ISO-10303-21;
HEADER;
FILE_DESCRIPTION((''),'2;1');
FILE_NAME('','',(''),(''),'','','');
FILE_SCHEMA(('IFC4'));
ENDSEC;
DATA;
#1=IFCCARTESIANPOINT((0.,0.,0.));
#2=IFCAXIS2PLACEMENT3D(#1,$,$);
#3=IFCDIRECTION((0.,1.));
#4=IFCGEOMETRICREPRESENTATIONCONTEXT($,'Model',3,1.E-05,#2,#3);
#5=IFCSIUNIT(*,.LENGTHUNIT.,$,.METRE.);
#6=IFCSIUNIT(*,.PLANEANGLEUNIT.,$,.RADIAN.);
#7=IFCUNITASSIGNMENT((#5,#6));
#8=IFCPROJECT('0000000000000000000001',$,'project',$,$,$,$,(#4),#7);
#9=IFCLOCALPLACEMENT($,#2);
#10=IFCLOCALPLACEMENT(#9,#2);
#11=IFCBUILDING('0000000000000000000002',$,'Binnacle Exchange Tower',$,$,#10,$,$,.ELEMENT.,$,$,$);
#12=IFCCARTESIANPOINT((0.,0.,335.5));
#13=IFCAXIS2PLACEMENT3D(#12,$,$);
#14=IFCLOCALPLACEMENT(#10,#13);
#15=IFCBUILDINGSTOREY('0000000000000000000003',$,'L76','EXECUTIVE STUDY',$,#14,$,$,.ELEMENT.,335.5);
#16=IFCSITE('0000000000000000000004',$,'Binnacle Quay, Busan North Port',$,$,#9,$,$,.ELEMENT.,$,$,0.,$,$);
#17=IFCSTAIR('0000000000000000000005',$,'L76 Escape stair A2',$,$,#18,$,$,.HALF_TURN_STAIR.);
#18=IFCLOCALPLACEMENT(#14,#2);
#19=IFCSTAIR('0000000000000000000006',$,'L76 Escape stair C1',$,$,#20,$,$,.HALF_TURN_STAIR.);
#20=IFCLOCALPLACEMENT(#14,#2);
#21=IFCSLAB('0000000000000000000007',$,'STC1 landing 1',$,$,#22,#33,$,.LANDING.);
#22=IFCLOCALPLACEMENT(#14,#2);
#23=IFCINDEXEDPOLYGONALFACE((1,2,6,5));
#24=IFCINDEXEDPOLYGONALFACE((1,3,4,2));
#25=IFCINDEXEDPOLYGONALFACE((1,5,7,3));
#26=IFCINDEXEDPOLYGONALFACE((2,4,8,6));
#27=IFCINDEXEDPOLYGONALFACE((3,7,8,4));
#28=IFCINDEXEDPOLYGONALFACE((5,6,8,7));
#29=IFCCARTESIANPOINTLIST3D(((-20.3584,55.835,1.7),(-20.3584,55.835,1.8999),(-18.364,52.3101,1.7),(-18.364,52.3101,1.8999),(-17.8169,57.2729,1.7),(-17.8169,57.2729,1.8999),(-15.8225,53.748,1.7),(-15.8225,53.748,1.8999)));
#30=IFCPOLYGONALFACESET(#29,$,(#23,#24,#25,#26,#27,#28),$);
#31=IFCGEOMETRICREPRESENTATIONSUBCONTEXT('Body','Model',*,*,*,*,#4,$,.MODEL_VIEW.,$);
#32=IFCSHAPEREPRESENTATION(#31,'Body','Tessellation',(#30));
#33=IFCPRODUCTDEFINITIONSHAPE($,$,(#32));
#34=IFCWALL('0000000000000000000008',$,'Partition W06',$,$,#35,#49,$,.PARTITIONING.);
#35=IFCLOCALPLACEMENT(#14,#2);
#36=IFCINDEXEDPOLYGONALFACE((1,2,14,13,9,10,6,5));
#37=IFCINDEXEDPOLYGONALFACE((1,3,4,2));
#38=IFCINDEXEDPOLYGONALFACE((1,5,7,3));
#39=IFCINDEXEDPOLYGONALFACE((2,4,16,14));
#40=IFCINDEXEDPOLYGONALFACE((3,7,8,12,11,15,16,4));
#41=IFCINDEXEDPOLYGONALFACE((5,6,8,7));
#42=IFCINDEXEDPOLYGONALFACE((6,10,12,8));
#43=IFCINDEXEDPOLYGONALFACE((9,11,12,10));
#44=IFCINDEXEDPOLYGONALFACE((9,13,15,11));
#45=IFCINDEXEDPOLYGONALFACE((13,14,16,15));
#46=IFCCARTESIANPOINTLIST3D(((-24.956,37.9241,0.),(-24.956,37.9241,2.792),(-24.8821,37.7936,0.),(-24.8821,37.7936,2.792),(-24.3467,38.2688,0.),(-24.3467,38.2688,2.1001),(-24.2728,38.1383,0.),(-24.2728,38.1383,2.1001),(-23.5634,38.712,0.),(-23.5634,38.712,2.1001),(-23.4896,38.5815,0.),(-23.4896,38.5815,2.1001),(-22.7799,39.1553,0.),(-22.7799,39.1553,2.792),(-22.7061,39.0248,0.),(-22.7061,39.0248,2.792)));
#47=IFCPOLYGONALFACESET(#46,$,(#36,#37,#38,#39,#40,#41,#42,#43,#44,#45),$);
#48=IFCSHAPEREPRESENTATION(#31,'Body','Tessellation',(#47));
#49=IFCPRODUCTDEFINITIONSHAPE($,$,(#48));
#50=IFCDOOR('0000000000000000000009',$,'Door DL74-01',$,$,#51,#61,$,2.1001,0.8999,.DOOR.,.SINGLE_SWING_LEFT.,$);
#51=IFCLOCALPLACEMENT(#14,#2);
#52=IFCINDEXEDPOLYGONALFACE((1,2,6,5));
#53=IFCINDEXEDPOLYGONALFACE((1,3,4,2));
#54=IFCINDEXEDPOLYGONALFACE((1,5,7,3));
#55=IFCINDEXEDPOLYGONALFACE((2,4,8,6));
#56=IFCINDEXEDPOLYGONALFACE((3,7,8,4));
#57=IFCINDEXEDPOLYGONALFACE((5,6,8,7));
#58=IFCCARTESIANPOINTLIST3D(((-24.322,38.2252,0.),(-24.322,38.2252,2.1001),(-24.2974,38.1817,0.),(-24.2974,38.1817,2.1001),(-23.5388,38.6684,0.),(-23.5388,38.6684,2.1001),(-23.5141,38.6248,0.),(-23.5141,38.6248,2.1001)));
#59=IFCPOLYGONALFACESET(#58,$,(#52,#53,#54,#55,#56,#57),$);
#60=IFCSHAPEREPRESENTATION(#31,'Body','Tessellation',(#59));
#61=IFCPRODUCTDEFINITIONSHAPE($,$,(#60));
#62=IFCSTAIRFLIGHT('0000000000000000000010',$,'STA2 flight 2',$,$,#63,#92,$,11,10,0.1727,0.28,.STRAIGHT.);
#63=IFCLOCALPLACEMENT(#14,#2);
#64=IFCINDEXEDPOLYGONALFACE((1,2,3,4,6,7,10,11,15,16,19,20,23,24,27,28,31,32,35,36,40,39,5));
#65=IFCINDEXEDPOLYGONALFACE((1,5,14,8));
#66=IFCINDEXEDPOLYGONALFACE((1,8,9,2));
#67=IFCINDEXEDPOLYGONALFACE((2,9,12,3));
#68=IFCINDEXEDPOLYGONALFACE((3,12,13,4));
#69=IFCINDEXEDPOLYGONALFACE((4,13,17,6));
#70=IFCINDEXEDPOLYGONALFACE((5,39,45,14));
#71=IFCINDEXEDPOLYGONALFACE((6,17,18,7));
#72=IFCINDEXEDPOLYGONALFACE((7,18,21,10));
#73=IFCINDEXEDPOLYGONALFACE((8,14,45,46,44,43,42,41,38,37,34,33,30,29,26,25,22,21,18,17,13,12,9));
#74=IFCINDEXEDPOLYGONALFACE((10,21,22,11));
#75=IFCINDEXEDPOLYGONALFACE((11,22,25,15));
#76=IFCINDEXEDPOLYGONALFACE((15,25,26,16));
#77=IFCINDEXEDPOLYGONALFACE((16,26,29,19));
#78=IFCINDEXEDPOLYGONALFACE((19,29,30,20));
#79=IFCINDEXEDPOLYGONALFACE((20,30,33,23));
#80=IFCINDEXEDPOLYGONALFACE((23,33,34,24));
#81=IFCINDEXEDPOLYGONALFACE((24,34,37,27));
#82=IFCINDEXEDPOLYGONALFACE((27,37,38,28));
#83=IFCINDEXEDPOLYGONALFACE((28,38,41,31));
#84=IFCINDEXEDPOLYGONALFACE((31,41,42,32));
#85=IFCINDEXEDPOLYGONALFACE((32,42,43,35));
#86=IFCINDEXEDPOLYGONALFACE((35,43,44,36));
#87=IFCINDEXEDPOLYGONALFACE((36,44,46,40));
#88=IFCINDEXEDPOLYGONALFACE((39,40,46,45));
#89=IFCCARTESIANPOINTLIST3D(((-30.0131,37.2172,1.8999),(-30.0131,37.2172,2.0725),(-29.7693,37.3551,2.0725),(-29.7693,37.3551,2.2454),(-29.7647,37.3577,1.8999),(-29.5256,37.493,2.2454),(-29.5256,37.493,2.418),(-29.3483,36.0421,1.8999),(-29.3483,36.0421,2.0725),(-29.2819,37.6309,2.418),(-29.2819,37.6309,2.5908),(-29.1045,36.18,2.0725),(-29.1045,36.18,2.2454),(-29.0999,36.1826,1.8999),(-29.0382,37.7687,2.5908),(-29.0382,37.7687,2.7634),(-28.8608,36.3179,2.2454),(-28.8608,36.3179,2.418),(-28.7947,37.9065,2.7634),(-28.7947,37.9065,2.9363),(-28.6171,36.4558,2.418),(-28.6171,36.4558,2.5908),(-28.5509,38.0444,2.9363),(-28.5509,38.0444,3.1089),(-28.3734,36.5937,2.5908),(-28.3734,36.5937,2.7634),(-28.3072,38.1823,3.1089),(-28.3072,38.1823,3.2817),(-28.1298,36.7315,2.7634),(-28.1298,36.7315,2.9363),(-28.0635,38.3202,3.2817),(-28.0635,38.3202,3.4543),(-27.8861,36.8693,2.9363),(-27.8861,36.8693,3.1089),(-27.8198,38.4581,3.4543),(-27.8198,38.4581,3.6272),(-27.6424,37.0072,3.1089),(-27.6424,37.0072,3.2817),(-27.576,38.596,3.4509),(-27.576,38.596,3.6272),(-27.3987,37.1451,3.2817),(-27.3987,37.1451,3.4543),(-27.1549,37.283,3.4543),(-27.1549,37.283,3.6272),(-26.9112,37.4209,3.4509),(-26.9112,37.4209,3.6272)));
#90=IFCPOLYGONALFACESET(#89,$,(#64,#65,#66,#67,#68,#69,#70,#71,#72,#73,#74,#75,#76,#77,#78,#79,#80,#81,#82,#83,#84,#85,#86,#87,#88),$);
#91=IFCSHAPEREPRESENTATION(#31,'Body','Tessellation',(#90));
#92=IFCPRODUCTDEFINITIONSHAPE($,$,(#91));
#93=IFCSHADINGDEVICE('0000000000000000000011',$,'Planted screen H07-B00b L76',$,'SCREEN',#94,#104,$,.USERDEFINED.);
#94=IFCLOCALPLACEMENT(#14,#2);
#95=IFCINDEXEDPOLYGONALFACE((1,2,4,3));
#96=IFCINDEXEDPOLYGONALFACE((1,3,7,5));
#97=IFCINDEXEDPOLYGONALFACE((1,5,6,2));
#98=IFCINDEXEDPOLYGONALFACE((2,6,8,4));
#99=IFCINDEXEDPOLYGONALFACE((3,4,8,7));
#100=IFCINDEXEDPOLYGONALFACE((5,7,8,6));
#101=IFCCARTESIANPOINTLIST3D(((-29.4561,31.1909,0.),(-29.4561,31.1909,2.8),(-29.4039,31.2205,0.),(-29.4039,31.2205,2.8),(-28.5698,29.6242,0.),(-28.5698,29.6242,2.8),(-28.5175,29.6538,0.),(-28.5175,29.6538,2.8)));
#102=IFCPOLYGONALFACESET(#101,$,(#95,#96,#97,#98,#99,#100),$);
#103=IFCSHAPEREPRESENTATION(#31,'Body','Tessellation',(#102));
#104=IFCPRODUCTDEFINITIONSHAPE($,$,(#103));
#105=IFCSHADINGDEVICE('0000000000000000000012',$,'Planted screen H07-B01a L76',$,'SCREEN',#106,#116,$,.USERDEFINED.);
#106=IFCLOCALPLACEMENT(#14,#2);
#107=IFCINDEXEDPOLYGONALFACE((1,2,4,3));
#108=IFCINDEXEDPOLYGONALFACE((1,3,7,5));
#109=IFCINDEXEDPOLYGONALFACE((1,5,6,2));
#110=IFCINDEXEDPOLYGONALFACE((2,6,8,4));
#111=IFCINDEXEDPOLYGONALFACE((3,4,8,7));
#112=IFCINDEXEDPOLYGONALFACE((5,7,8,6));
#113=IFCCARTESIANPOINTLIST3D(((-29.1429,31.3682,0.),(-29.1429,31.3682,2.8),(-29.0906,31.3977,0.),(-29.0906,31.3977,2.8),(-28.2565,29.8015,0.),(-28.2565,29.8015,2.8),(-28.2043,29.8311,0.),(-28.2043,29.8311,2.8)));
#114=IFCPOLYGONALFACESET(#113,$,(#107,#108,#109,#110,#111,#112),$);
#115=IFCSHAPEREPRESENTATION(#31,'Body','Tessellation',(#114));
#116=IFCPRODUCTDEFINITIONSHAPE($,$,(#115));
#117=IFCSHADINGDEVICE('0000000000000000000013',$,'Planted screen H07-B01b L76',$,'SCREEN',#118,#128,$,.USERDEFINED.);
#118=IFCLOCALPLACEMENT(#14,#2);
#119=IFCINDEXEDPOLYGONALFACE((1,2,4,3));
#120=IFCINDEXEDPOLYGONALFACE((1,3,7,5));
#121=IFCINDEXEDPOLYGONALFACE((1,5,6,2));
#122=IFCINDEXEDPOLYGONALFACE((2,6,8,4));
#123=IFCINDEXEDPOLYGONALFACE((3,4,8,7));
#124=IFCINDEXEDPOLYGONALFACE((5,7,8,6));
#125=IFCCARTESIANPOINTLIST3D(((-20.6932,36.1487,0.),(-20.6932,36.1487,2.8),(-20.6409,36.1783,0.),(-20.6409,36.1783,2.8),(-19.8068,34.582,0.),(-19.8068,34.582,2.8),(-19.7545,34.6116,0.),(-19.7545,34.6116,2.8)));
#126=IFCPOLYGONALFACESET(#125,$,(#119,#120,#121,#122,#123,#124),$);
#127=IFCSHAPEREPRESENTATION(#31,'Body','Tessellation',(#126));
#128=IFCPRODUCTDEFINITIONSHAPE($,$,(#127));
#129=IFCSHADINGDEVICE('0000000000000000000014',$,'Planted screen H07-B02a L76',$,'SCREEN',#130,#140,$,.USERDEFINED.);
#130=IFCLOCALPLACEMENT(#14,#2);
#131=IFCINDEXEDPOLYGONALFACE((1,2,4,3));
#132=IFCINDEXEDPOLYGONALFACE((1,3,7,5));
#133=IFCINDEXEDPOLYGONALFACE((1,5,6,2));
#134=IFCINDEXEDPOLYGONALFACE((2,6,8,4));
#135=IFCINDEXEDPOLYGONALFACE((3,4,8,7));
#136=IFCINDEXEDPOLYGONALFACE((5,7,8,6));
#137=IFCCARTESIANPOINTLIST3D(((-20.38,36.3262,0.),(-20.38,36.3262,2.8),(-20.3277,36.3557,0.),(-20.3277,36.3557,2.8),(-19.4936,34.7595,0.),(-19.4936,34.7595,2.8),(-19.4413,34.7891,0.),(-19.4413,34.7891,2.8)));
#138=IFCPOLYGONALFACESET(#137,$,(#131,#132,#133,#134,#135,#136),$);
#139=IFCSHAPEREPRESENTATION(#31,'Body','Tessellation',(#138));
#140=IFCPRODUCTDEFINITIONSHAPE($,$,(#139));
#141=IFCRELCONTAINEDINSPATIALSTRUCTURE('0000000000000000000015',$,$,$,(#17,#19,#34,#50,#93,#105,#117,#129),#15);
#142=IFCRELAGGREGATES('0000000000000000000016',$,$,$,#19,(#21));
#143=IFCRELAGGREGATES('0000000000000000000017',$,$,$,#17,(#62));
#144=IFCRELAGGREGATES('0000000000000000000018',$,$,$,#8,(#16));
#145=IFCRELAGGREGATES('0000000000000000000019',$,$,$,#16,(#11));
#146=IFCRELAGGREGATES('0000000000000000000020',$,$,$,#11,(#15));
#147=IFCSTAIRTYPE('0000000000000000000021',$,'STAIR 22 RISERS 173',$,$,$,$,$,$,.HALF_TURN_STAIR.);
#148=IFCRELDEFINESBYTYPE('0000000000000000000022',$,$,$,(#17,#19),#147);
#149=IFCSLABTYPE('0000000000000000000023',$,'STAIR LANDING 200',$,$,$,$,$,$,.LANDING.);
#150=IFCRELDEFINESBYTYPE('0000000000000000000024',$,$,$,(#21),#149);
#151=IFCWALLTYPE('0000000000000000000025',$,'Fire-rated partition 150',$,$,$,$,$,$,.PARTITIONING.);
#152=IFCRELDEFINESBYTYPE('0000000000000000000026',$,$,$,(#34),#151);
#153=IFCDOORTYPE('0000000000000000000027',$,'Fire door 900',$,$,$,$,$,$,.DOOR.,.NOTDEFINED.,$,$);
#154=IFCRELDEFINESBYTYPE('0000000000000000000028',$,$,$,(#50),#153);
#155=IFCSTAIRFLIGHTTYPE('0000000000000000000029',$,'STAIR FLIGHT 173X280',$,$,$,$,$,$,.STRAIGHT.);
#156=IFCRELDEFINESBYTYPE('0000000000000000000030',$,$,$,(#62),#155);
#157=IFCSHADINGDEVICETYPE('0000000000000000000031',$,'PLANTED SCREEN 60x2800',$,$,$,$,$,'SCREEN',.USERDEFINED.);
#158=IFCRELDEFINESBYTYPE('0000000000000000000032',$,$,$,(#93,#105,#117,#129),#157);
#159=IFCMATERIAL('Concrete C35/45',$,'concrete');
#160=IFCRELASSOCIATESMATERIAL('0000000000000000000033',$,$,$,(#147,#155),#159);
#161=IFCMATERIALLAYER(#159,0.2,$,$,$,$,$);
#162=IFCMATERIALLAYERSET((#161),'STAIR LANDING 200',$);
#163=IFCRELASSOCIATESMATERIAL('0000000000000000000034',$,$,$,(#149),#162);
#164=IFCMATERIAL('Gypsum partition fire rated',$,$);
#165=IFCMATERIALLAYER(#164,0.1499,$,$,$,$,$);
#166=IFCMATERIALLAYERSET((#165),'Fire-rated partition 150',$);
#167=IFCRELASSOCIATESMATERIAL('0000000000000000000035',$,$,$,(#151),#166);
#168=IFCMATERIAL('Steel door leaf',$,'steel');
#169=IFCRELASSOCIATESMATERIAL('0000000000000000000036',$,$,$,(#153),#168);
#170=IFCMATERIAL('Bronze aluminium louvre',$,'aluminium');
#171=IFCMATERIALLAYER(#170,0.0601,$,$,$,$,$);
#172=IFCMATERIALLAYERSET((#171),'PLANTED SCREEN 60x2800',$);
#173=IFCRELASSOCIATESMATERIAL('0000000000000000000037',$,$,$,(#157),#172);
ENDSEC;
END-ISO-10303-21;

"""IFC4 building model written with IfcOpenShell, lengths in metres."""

from ifc_helpers import new_model, si_unit, direction, frame, frame_2d, origin, origin_2d, place, context, subcontext, project, spatial, polyline, rectangle, outline, extrude, material, layer, layer_set, type_object, element, fill, aggregate, save


model = new_model("IFC4")

# Units and contexts
model_context = context("Model", 3, precision=1e-05, world=origin(), true_north=direction((0.0, 1.0)))
body_context = subcontext(model_context, "Body", "Model", "MODEL_VIEW")
ifc_project = project(units=[si_unit("LENGTHUNIT", "METRE"), si_unit("PLANEANGLEUNIT", "RADIAN")], contexts=[model_context])

# Site, building, storey
site_placement = place(None, origin())
site = spatial("IfcSite", under=ifc_project, at=site_placement, Name="Binnacle Quay, Busan North Port", CompositionType="ELEMENT", RefElevation=0.0)
building_placement = place(site_placement, origin())
building = spatial("IfcBuilding", under=site, at=building_placement, Name="Binnacle Exchange Tower", CompositionType="ELEMENT")
storey_placement = place(building_placement, frame((0.0, 0.0, 335.5)))
storey = spatial("IfcBuildingStorey", under=building, at=storey_placement, Name="L76", Description="EXECUTIVE STUDY", CompositionType="ELEMENT", Elevation=335.5)

# Shared definitions
ifc_material_1 = material(Name="Concrete C35/45", Category="concrete")

# Stairs, slab
stair_type = type_object("IfcStairType", Name="STAIR 22 RISERS 173", PredefinedType="HALF_TURN_STAIR", material=ifc_material_1)
ifc_layer_1 = layer(ifc_material_1, 0.2)
ifc_layer_set_1 = layer_set([ifc_layer_1], Name="STAIR LANDING 200")
slab_type_1 = type_object("IfcSlabType", Name="STAIR LANDING 200", PredefinedType="LANDING", material=ifc_layer_set_1)
stair_1_placement = place(storey_placement, origin())
stair_1 = element("IfcStair", 1, at=stair_1_placement, inside=storey, type_object=stair_type, Name="L76 Escape stair A2", PredefinedType="HALF_TURN_STAIR")
stair_2_placement = place(storey_placement, origin())
stair_2 = element("IfcStair", 2, at=stair_2_placement, inside=storey, type_object=stair_type, Name="L76 Escape stair C1", PredefinedType="HALF_TURN_STAIR")
slab_1_placement = place(storey_placement, frame((0.0, 0.0, 1.7)))
slab_1 = element("IfcSlab", 3, at=slab_1_placement, type_object=slab_type_1, Name="STC1 landing 1", PredefinedType="LANDING", context=body_context, shape_type="SweptSolid", body=[
    extrude(outline(polyline([(-18.364, 52.3101), (-15.8225, 53.748), (-17.8169, 57.2729), (-20.3584, 55.835), (-18.364, 52.3101)])), origin(), (0.0, 0.0, 1.0), 0.2),
])
aggregate(stair_2, [slab_1])

# Wall, opening, door
ifc_material_2 = material(Name="Gypsum partition fire rated")
ifc_layer_2 = layer(ifc_material_2, 0.1499)
ifc_layer_set_2 = layer_set([ifc_layer_2], Name="Fire-rated partition 150")
wall_type = type_object("IfcWallType", Name="Fire-rated partition 150", PredefinedType="PARTITIONING", material=ifc_layer_set_2)
wall_placement = place(storey_placement, frame((-24.9189, 37.8589, 0.0), z_axis=(0.0, 0.0, 1.0), x_axis=(0.870345, 0.492443, 0.0)))
wall = element("IfcWall", 4, at=wall_placement, inside=storey, type_object=wall_type, Name="Partition W06", PredefinedType="PARTITIONING", context=body_context, shape_type="SweptSolid", body=[
    extrude(rectangle(XDim=2.5002, YDim=0.1499, at=frame_2d((1.25, 0.0))), origin(), (0.0, 0.0, 1.0), 2.792),
])
opening_placement = place(wall_placement, frame((0.7, 0.0, 0.0)))
opening = element("IfcOpeningElement", 5, at=opening_placement, cuts=wall, PredefinedType="OPENING", context=body_context, shape_type="SweptSolid", body=[
    extrude(rectangle(XDim=0.8999, YDim=2.1001, at=frame_2d((0.45, 1.05))), frame((0.0, 0.085, 0.0), z_axis=(0.0, -1.0, 0.0), x_axis=(1.0, 0.0, 0.0)), (0.0, 0.0, 1.0), 0.1699),
])
ifc_material_3 = material(Name="Steel door leaf", Category="steel")
door_type = type_object("IfcDoorType", Name="Fire door 900", OperationType="NOTDEFINED", PredefinedType="DOOR", material=ifc_material_3)
door_placement = place(opening_placement, origin())
door = element("IfcDoor", 6, at=door_placement, inside=storey, type_object=door_type, Name="Door DL74-01", OperationType="SINGLE_SWING_LEFT", OverallHeight=2.1001, OverallWidth=0.8999, PredefinedType="DOOR", context=body_context, shape_type="SweptSolid", body=[
    extrude(rectangle(XDim=0.8999, YDim=2.1001, at=frame_2d((0.45, 1.05))), frame((0.0, 0.0249, 0.0), z_axis=(0.0, -1.0, 0.0), x_axis=(1.0, 0.0, 0.0)), (0.0, 0.0, 1.0), 0.05),
])
fill(opening, door)

# Stair flight
stair_flight_type = type_object("IfcStairFlightType", Name="STAIR FLIGHT 173X280", PredefinedType="STRAIGHT", material=ifc_material_1)
stair_flight_placement = place(storey_placement, frame((-29.6807, 36.6296, 1.8999), z_axis=(0.0, 0.0, 1.0), x_axis=(0.870356, 0.492424, 0.0)))
stair_flight = element("IfcStairFlight", 7, at=stair_flight_placement, type_object=stair_flight_type, Name="STA2 flight 2", NumberOfRisers=11, NumberOfTreads=10, PredefinedType="STRAIGHT", RiserHeight=0.1727, TreadLength=0.28, context=body_context, shape_type="SweptSolid", body=[
    extrude(outline(polyline([(0.0, 0.0), (0.0, 0.1726), (0.28, 0.1726), (0.28, 0.3455), (0.5601, 0.3455), (0.5601, 0.5181), (0.8401, 0.5181), (0.8401, 0.6909), (1.1201, 0.6909), (1.1201, 0.8635), (1.3999, 0.8635), (1.3999, 1.0364), (1.6799, 1.0364), (1.6799, 1.209), (1.96, 1.209), (1.96, 1.3818), (2.24, 1.3818), (2.24, 1.5544), (2.52, 1.5544), (2.52, 1.7273), (2.8, 1.7273), (2.8, 1.8999), (2.8, 1.551), (0.2854, 0.0), (0.0, 0.0)])), frame((0.0, 0.675, 0.0), z_axis=(0.0, -1.0, 0.0), x_axis=(1.0, 0.0, 0.0)), (0.0, 0.0, 1.0), 1.3501),
])
aggregate(stair_1, [stair_flight])

# Shading devices
ifc_material_4 = material(Name="Bronze aluminium louvre", Category="aluminium")
ifc_layer_3 = layer(ifc_material_4, 0.0601)
ifc_layer_set_3 = layer_set([ifc_layer_3], Name="PLANTED SCREEN 60x2800")
shading_device_type = type_object("IfcShadingDeviceType", Name="PLANTED SCREEN 60x2800", ElementType="SCREEN", PredefinedType="USERDEFINED", material=ifc_layer_set_3)
for number, where, z_axis, x_axis, name in (
    (8, (-28.9868, 30.4224, 0.0), (0.0, 0.0, 1.0), (0.870356, 0.492424, 0.0), "Planted screen H07-B00b L76"),
    (9, (-28.6736, 30.5996, 0.0), (0.0, 0.0, 1.0), (0.870356, 0.492424, 0.0), "Planted screen H07-B01a L76"),
    (10, (-20.2239, 35.3801, 0.0), (0.0, 0.0, 1.0), (0.870356, 0.492424, 0.0), "Planted screen H07-B01b L76"),
    (11, (-19.9106, 35.5576, 0.0), (0.0, 0.0, 1.0), (0.870356, 0.492424, 0.0), "Planted screen H07-B02a L76"),
):
    element("IfcShadingDevice", number, at=place(storey_placement, frame(where, z_axis=z_axis, x_axis=x_axis)), inside=storey, type_object=shading_device_type, Name=name, ObjectType="SCREEN", PredefinedType="USERDEFINED", context=body_context, shape_type="SweptSolid", body=[
        extrude(rectangle(XDim=0.0601, YDim=1.8, at=origin_2d()), origin(), (0.0, 0.0, 1.0), 2.8),
    ])

save(model, "model.ifc")
